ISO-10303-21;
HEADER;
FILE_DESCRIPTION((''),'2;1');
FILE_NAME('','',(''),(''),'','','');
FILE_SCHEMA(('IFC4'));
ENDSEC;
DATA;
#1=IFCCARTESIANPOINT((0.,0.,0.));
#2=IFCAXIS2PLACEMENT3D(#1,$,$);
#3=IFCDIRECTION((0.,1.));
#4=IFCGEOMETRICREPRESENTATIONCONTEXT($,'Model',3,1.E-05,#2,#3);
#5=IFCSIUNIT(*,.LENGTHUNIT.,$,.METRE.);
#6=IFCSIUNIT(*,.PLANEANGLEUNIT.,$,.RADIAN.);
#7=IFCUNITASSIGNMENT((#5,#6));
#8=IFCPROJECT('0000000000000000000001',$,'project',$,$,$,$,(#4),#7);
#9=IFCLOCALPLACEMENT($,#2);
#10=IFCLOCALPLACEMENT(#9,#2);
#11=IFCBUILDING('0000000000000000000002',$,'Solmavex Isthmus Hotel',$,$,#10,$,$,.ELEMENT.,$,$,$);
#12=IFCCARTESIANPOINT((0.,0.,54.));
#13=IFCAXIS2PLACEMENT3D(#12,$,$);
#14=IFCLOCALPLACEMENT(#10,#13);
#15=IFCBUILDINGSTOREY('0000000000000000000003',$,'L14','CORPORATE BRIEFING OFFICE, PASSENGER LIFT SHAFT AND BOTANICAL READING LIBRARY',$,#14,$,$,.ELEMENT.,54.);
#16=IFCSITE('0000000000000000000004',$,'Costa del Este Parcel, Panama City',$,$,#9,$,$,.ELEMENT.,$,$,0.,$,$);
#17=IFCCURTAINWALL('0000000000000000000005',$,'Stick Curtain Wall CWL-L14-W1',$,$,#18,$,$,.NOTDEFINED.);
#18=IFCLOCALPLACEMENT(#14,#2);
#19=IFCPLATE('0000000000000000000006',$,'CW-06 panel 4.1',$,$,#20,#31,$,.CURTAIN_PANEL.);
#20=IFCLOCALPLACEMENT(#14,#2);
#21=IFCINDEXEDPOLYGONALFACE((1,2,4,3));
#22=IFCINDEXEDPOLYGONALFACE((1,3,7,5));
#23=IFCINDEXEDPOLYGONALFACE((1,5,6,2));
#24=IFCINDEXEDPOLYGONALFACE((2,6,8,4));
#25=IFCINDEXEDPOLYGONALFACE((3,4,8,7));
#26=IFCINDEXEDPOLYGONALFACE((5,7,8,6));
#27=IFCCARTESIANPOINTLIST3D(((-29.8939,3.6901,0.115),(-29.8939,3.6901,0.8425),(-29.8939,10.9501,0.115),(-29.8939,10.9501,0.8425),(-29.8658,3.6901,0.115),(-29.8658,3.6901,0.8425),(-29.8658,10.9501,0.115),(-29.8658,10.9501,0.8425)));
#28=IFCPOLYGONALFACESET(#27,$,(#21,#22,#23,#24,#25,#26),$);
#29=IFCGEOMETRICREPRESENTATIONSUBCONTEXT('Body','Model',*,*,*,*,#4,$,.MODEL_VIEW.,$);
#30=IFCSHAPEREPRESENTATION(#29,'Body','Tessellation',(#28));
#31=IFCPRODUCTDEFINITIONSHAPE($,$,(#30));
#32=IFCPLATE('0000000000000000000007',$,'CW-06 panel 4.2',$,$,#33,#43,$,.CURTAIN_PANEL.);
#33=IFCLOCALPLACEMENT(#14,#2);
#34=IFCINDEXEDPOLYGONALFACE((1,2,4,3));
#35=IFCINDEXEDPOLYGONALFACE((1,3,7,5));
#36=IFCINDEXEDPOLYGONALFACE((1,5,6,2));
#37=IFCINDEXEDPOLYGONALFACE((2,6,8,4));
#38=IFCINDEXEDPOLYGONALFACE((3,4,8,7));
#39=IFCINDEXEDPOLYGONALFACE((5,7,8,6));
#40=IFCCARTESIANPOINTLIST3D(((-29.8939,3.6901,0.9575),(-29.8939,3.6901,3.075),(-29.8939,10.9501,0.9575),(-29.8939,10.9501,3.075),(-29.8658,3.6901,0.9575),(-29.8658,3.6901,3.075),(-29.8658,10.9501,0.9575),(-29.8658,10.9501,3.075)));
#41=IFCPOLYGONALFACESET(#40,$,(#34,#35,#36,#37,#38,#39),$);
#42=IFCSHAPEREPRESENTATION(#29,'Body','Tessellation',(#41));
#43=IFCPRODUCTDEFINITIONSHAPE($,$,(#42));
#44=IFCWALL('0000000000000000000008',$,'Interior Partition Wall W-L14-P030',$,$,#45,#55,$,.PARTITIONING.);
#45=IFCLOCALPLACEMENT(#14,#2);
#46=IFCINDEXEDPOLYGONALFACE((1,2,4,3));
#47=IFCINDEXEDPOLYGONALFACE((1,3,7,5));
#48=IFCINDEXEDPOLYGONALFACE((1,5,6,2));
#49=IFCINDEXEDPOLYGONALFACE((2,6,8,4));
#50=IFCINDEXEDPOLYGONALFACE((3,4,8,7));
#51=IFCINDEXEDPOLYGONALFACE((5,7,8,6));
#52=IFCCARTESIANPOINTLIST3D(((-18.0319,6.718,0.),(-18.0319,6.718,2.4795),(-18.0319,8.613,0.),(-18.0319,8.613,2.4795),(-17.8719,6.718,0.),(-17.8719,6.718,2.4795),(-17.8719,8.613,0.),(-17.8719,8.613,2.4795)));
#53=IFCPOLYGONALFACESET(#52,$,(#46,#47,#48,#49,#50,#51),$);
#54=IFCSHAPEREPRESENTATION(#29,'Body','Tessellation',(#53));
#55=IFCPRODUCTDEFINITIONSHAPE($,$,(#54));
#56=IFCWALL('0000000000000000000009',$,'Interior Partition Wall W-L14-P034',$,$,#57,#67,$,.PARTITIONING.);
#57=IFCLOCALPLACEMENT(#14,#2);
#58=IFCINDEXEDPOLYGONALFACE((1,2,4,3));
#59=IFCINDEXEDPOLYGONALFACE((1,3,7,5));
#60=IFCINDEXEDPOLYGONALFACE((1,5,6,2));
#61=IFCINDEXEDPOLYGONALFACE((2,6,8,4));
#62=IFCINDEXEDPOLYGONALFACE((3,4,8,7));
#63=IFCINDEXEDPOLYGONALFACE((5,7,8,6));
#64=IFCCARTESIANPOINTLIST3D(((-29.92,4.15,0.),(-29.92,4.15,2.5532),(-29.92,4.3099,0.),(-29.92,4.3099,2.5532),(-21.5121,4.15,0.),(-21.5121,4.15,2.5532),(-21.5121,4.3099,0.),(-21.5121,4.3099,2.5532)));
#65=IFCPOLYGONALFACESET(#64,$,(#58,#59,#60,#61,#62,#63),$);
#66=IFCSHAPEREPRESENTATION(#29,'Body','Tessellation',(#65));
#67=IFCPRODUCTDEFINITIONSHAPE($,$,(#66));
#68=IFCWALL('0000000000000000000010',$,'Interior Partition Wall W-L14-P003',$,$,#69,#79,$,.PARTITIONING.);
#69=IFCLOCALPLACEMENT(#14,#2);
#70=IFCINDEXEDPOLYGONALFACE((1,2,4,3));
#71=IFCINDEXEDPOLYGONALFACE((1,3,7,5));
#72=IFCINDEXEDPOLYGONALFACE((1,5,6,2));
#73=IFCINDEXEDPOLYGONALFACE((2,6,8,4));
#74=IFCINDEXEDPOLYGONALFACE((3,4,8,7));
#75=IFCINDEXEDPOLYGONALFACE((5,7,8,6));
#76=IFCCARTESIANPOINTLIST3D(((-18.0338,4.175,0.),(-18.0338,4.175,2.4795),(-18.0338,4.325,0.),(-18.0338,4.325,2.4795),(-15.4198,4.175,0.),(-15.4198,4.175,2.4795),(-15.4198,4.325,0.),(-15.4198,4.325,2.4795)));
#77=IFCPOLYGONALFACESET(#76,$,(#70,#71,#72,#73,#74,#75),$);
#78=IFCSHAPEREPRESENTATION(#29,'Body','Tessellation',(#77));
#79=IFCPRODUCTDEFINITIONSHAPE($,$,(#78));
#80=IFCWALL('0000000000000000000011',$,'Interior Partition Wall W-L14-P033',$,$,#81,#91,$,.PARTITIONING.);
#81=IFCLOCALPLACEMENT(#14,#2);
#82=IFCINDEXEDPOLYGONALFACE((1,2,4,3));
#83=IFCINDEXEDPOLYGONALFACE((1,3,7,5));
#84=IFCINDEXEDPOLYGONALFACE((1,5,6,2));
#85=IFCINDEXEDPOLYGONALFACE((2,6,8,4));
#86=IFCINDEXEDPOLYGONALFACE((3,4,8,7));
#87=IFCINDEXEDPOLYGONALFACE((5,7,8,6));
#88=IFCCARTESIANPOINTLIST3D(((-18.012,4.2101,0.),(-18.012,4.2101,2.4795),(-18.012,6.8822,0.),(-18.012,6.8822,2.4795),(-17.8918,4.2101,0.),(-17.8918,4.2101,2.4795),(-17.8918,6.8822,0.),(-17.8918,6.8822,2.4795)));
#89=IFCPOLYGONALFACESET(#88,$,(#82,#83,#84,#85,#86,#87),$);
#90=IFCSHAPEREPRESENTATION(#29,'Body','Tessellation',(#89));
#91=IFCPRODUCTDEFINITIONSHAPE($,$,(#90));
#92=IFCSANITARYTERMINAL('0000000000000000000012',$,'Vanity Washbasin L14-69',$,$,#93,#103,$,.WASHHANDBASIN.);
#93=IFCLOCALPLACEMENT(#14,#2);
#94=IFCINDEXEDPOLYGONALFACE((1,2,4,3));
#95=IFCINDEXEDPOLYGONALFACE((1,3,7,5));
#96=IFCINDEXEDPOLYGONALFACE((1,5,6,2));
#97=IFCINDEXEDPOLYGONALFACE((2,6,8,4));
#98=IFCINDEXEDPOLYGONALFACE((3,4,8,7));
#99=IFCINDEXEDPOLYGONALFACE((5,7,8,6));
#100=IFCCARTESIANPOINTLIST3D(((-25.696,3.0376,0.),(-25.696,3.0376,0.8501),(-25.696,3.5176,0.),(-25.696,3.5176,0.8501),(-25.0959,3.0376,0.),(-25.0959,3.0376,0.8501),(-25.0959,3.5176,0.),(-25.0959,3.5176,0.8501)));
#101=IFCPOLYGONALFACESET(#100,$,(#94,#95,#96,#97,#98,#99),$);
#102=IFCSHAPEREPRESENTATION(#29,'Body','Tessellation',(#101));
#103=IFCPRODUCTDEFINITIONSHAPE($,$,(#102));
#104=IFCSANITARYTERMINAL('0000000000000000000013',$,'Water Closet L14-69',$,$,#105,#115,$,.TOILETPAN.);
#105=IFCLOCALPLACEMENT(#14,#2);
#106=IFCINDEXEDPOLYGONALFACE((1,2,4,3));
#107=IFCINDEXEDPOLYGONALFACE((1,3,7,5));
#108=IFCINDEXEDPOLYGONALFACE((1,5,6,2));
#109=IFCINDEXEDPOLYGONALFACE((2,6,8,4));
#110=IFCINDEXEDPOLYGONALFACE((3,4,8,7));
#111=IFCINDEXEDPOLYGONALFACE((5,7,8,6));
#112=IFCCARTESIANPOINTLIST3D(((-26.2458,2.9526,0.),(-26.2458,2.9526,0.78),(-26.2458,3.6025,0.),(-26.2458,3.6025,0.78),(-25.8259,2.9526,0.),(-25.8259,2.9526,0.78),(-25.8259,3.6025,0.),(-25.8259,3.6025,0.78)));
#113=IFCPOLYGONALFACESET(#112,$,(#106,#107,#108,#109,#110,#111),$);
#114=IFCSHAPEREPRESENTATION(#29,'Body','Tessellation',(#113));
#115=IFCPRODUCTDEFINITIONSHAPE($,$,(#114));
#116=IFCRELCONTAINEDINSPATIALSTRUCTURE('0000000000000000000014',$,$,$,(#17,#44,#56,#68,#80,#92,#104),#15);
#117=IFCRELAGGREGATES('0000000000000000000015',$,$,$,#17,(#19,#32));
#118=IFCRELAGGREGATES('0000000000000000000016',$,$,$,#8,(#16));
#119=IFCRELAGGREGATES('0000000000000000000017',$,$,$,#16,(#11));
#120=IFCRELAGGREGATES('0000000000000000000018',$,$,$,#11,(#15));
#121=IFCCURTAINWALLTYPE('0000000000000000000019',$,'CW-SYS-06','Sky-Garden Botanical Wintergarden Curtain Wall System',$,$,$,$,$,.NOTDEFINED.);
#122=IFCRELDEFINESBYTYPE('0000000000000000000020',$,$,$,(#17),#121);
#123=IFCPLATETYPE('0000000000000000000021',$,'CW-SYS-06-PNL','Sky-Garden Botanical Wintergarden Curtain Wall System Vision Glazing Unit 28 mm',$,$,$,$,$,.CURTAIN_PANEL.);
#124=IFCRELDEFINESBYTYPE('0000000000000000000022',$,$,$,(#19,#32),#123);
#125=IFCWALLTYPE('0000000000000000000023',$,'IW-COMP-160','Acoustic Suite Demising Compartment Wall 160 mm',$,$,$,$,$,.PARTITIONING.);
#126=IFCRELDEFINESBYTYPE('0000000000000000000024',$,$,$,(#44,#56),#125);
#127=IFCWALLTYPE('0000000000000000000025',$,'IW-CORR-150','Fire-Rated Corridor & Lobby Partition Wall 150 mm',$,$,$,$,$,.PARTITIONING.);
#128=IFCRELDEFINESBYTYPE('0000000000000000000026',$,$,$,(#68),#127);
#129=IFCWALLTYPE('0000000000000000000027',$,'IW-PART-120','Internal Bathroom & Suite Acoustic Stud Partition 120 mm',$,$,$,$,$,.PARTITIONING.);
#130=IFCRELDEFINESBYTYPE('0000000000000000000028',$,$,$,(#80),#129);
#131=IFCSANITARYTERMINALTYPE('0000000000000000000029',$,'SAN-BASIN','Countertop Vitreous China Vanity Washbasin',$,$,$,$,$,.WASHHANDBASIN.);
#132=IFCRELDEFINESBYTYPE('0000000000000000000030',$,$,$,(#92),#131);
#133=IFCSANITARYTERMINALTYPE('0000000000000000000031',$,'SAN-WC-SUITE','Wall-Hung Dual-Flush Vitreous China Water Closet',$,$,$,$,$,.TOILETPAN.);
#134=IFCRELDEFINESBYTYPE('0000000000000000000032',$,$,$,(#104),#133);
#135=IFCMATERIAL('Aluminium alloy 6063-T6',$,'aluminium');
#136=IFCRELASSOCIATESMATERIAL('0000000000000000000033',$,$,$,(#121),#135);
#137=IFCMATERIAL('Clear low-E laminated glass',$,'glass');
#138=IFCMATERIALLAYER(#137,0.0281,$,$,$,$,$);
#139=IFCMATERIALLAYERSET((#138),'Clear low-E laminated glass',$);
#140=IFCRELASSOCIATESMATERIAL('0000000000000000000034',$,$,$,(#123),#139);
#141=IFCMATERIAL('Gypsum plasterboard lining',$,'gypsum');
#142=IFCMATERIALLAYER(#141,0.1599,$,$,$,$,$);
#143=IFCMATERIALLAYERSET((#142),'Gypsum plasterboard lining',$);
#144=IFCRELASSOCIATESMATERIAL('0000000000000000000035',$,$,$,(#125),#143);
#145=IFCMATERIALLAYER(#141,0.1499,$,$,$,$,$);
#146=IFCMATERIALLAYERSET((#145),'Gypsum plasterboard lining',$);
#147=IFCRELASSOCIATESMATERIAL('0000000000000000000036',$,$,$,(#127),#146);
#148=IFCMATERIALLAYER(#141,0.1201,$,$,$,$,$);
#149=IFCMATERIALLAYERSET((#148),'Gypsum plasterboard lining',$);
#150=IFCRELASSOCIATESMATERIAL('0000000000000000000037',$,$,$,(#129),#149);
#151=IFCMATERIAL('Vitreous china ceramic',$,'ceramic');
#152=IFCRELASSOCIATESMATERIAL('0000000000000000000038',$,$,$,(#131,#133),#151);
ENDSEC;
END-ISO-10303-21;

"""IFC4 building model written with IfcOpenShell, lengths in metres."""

from ifc_helpers import new_model, si_unit, direction, frame, frame_2d, origin, origin_2d, place, context, subcontext, project, spatial, rectangle, extrude, material, layer, layer_set, type_object, element, aggregate, save


model = new_model("IFC4")

# Units and contexts
model_context = context("Model", 3, precision=1e-05, world=origin(), true_north=direction((0.0, 1.0)))
body_context = subcontext(model_context, "Body", "Model", "MODEL_VIEW")
ifc_project = project(units=[si_unit("LENGTHUNIT", "METRE"), si_unit("PLANEANGLEUNIT", "RADIAN")], contexts=[model_context])

# Site, building, storey
site_placement = place(None, origin())
site = spatial("IfcSite", under=ifc_project, at=site_placement, Name="Costa del Este Parcel, Panama City", CompositionType="ELEMENT", RefElevation=0.0)
building_placement = place(site_placement, origin())
building = spatial("IfcBuilding", under=site, at=building_placement, Name="Solmavex Isthmus Hotel", CompositionType="ELEMENT")
storey_placement = place(building_placement, frame((0.0, 0.0, 54.0)))
storey = spatial("IfcBuildingStorey", under=building, at=storey_placement, Name="L14", Description="CORPORATE BRIEFING OFFICE, PASSENGER LIFT SHAFT AND BOTANICAL READING LIBRARY", CompositionType="ELEMENT", Elevation=54.0)

# Curtain wall, plates
ifc_material_1 = material(Name="Aluminium alloy 6063-T6", Category="aluminium")
curtain_wall_type = type_object("IfcCurtainWallType", Name="CW-SYS-06", Description="Sky-Garden Botanical Wintergarden Curtain Wall System", PredefinedType="NOTDEFINED", material=ifc_material_1)
curtain_wall_placement = place(storey_placement, origin())
curtain_wall = element("IfcCurtainWall", 1, at=curtain_wall_placement, inside=storey, type_object=curtain_wall_type, Name="Stick Curtain Wall CWL-L14-W1", PredefinedType="NOTDEFINED")
ifc_material_2 = material(Name="Clear low-E laminated glass", Category="glass")
ifc_layer_1 = layer(ifc_material_2, 0.0281)
ifc_layer_set_1 = layer_set([ifc_layer_1], Name="Clear low-E laminated glass")
plate_type = type_object("IfcPlateType", Name="CW-SYS-06-PNL", Description="Sky-Garden Botanical Wintergarden Curtain Wall System Vision Glazing Unit 28 mm", PredefinedType="CURTAIN_PANEL", material=ifc_layer_set_1)
plate_1_placement = place(storey_placement, frame((-29.8799, 7.3201, 0.115), z_axis=(0.0, 0.0, 1.0), x_axis=(0.0, 1.0, 0.0)))
plate_1 = element("IfcPlate", 2, at=plate_1_placement, type_object=plate_type, Name="CW-06 panel 4.1", PredefinedType="CURTAIN_PANEL", context=body_context, shape_type="SweptSolid", body=[
    extrude(rectangle(XDim=7.26, YDim=0.0281, at=origin_2d()), origin(), (0.0, 0.0, 1.0), 0.7275),
])
plate_2_placement = place(storey_placement, frame((-29.8799, 7.3201, 0.9575), z_axis=(0.0, 0.0, 1.0), x_axis=(0.0, 1.0, 0.0)))
plate_2 = element("IfcPlate", 3, at=plate_2_placement, type_object=plate_type, Name="CW-06 panel 4.2", PredefinedType="CURTAIN_PANEL", context=body_context, shape_type="SweptSolid", body=[
    extrude(rectangle(XDim=7.26, YDim=0.0281, at=origin_2d()), origin(), (0.0, 0.0, 1.0), 2.1174),
])
aggregate(curtain_wall, [plate_1, plate_2])

# Walls
ifc_material_3 = material(Name="Gypsum plasterboard lining", Category="gypsum")
ifc_layer_2 = layer(ifc_material_3, 0.1599)
ifc_layer_set_2 = layer_set([ifc_layer_2], Name="Gypsum plasterboard lining")
wall_type_1 = type_object("IfcWallType", Name="IW-COMP-160", Description="Acoustic Suite Demising Compartment Wall 160 mm", PredefinedType="PARTITIONING", material=ifc_layer_set_2)
wall_1_placement = place(storey_placement, frame((-17.9519, 8.613, 0.0), z_axis=(0.0, 0.0, 1.0), x_axis=(0.0, -1.0, 0.0)))
element("IfcWall", 4, at=wall_1_placement, inside=storey, type_object=wall_type_1, Name="Interior Partition Wall W-L14-P030", PredefinedType="PARTITIONING", context=body_context, shape_type="SweptSolid", body=[
    extrude(rectangle(XDim=1.895, YDim=0.1599, at=frame_2d((0.9475, 0.0))), origin(), (0.0, 0.0, 1.0), 2.4795),
])
wall_2_placement = place(storey_placement, frame((-21.512, 4.23, 0.0), z_axis=(0.0, 0.0, 1.0), x_axis=(-1.0, 0.0, 0.0)))
element("IfcWall", 5, at=wall_2_placement, inside=storey, type_object=wall_type_1, Name="Interior Partition Wall W-L14-P034", PredefinedType="PARTITIONING", context=body_context, shape_type="SweptSolid", body=[
    extrude(rectangle(XDim=8.408, YDim=0.1599, at=frame_2d((4.2041, 0.0))), origin(), (0.0, 0.0, 1.0), 2.5532),
])

# Shared definitions
ifc_layer_3 = layer(ifc_material_3, 0.1499)
ifc_layer_set_3 = layer_set([ifc_layer_3], Name="Gypsum plasterboard lining")
wall_type_2 = type_object("IfcWallType", Name="IW-CORR-150", Description="Fire-Rated Corridor & Lobby Partition Wall 150 mm", PredefinedType="PARTITIONING", material=ifc_layer_set_3)

# Walls
wall_3_placement = place(storey_placement, frame((-18.0339, 4.25, 0.0), z_axis=(0.0, 0.0, 1.0), x_axis=(1.0, 0.0, 0.0)))
element("IfcWall", 6, at=wall_3_placement, inside=storey, type_object=wall_type_2, Name="Interior Partition Wall W-L14-P003", PredefinedType="PARTITIONING", context=body_context, shape_type="SweptSolid", body=[
    extrude(rectangle(XDim=2.614, YDim=0.1499, at=frame_2d((1.3071, 0.0))), origin(), (0.0, 0.0, 1.0), 2.4795),
])
ifc_layer_4 = layer(ifc_material_3, 0.1201)
ifc_layer_set_4 = layer_set([ifc_layer_4], Name="Gypsum plasterboard lining")
wall_type_3 = type_object("IfcWallType", Name="IW-PART-120", Description="Internal Bathroom & Suite Acoustic Stud Partition 120 mm", PredefinedType="PARTITIONING", material=ifc_layer_set_4)
wall_4_placement = place(storey_placement, frame((-17.9519, 6.8821, 0.0), z_axis=(0.0, 0.0, 1.0), x_axis=(0.0, -1.0, 0.0)))
element("IfcWall", 7, at=wall_4_placement, inside=storey, type_object=wall_type_3, Name="Interior Partition Wall W-L14-P033", PredefinedType="PARTITIONING", context=body_context, shape_type="SweptSolid", body=[
    extrude(rectangle(XDim=2.6721, YDim=0.1201, at=frame_2d((1.3359, 0.0))), origin(), (0.0, 0.0, 1.0), 2.4795),
])

# Sanitary terminals
ifc_material_4 = material(Name="Vitreous china ceramic", Category="ceramic")
sanitary_terminal_type_1 = type_object("IfcSanitaryTerminalType", Name="SAN-BASIN", Description="Countertop Vitreous China Vanity Washbasin", PredefinedType="WASHHANDBASIN", material=ifc_material_4)
sanitary_terminal_1_placement = place(storey_placement, frame((-25.396, 3.2776, 0.0), z_axis=(0.0, 0.0, 1.0), x_axis=(1.0, 0.0, 0.0)))
element("IfcSanitaryTerminal", 8, at=sanitary_terminal_1_placement, inside=storey, type_object=sanitary_terminal_type_1, Name="Vanity Washbasin L14-69", PredefinedType="WASHHANDBASIN", context=body_context, shape_type="SweptSolid", body=[
    extrude(rectangle(XDim=0.6001, YDim=0.48, at=origin_2d()), origin(), (0.0, 0.0, 1.0), 0.8501),
])
sanitary_terminal_type_2 = type_object("IfcSanitaryTerminalType", Name="SAN-WC-SUITE", Description="Wall-Hung Dual-Flush Vitreous China Water Closet", PredefinedType="TOILETPAN", material=ifc_material_4)
sanitary_terminal_2_placement = place(storey_placement, frame((-26.0359, 3.2776, 0.0), z_axis=(0.0, 0.0, 1.0), x_axis=(1.0, 0.0, 0.0)))
element("IfcSanitaryTerminal", 9, at=sanitary_terminal_2_placement, inside=storey, type_object=sanitary_terminal_type_2, Name="Water Closet L14-69", PredefinedType="TOILETPAN", context=body_context, shape_type="SweptSolid", body=[
    extrude(rectangle(XDim=0.4199, YDim=0.6499, at=origin_2d()), origin(), (0.0, 0.0, 1.0), 0.78),
])

save(model, "model.ifc")
